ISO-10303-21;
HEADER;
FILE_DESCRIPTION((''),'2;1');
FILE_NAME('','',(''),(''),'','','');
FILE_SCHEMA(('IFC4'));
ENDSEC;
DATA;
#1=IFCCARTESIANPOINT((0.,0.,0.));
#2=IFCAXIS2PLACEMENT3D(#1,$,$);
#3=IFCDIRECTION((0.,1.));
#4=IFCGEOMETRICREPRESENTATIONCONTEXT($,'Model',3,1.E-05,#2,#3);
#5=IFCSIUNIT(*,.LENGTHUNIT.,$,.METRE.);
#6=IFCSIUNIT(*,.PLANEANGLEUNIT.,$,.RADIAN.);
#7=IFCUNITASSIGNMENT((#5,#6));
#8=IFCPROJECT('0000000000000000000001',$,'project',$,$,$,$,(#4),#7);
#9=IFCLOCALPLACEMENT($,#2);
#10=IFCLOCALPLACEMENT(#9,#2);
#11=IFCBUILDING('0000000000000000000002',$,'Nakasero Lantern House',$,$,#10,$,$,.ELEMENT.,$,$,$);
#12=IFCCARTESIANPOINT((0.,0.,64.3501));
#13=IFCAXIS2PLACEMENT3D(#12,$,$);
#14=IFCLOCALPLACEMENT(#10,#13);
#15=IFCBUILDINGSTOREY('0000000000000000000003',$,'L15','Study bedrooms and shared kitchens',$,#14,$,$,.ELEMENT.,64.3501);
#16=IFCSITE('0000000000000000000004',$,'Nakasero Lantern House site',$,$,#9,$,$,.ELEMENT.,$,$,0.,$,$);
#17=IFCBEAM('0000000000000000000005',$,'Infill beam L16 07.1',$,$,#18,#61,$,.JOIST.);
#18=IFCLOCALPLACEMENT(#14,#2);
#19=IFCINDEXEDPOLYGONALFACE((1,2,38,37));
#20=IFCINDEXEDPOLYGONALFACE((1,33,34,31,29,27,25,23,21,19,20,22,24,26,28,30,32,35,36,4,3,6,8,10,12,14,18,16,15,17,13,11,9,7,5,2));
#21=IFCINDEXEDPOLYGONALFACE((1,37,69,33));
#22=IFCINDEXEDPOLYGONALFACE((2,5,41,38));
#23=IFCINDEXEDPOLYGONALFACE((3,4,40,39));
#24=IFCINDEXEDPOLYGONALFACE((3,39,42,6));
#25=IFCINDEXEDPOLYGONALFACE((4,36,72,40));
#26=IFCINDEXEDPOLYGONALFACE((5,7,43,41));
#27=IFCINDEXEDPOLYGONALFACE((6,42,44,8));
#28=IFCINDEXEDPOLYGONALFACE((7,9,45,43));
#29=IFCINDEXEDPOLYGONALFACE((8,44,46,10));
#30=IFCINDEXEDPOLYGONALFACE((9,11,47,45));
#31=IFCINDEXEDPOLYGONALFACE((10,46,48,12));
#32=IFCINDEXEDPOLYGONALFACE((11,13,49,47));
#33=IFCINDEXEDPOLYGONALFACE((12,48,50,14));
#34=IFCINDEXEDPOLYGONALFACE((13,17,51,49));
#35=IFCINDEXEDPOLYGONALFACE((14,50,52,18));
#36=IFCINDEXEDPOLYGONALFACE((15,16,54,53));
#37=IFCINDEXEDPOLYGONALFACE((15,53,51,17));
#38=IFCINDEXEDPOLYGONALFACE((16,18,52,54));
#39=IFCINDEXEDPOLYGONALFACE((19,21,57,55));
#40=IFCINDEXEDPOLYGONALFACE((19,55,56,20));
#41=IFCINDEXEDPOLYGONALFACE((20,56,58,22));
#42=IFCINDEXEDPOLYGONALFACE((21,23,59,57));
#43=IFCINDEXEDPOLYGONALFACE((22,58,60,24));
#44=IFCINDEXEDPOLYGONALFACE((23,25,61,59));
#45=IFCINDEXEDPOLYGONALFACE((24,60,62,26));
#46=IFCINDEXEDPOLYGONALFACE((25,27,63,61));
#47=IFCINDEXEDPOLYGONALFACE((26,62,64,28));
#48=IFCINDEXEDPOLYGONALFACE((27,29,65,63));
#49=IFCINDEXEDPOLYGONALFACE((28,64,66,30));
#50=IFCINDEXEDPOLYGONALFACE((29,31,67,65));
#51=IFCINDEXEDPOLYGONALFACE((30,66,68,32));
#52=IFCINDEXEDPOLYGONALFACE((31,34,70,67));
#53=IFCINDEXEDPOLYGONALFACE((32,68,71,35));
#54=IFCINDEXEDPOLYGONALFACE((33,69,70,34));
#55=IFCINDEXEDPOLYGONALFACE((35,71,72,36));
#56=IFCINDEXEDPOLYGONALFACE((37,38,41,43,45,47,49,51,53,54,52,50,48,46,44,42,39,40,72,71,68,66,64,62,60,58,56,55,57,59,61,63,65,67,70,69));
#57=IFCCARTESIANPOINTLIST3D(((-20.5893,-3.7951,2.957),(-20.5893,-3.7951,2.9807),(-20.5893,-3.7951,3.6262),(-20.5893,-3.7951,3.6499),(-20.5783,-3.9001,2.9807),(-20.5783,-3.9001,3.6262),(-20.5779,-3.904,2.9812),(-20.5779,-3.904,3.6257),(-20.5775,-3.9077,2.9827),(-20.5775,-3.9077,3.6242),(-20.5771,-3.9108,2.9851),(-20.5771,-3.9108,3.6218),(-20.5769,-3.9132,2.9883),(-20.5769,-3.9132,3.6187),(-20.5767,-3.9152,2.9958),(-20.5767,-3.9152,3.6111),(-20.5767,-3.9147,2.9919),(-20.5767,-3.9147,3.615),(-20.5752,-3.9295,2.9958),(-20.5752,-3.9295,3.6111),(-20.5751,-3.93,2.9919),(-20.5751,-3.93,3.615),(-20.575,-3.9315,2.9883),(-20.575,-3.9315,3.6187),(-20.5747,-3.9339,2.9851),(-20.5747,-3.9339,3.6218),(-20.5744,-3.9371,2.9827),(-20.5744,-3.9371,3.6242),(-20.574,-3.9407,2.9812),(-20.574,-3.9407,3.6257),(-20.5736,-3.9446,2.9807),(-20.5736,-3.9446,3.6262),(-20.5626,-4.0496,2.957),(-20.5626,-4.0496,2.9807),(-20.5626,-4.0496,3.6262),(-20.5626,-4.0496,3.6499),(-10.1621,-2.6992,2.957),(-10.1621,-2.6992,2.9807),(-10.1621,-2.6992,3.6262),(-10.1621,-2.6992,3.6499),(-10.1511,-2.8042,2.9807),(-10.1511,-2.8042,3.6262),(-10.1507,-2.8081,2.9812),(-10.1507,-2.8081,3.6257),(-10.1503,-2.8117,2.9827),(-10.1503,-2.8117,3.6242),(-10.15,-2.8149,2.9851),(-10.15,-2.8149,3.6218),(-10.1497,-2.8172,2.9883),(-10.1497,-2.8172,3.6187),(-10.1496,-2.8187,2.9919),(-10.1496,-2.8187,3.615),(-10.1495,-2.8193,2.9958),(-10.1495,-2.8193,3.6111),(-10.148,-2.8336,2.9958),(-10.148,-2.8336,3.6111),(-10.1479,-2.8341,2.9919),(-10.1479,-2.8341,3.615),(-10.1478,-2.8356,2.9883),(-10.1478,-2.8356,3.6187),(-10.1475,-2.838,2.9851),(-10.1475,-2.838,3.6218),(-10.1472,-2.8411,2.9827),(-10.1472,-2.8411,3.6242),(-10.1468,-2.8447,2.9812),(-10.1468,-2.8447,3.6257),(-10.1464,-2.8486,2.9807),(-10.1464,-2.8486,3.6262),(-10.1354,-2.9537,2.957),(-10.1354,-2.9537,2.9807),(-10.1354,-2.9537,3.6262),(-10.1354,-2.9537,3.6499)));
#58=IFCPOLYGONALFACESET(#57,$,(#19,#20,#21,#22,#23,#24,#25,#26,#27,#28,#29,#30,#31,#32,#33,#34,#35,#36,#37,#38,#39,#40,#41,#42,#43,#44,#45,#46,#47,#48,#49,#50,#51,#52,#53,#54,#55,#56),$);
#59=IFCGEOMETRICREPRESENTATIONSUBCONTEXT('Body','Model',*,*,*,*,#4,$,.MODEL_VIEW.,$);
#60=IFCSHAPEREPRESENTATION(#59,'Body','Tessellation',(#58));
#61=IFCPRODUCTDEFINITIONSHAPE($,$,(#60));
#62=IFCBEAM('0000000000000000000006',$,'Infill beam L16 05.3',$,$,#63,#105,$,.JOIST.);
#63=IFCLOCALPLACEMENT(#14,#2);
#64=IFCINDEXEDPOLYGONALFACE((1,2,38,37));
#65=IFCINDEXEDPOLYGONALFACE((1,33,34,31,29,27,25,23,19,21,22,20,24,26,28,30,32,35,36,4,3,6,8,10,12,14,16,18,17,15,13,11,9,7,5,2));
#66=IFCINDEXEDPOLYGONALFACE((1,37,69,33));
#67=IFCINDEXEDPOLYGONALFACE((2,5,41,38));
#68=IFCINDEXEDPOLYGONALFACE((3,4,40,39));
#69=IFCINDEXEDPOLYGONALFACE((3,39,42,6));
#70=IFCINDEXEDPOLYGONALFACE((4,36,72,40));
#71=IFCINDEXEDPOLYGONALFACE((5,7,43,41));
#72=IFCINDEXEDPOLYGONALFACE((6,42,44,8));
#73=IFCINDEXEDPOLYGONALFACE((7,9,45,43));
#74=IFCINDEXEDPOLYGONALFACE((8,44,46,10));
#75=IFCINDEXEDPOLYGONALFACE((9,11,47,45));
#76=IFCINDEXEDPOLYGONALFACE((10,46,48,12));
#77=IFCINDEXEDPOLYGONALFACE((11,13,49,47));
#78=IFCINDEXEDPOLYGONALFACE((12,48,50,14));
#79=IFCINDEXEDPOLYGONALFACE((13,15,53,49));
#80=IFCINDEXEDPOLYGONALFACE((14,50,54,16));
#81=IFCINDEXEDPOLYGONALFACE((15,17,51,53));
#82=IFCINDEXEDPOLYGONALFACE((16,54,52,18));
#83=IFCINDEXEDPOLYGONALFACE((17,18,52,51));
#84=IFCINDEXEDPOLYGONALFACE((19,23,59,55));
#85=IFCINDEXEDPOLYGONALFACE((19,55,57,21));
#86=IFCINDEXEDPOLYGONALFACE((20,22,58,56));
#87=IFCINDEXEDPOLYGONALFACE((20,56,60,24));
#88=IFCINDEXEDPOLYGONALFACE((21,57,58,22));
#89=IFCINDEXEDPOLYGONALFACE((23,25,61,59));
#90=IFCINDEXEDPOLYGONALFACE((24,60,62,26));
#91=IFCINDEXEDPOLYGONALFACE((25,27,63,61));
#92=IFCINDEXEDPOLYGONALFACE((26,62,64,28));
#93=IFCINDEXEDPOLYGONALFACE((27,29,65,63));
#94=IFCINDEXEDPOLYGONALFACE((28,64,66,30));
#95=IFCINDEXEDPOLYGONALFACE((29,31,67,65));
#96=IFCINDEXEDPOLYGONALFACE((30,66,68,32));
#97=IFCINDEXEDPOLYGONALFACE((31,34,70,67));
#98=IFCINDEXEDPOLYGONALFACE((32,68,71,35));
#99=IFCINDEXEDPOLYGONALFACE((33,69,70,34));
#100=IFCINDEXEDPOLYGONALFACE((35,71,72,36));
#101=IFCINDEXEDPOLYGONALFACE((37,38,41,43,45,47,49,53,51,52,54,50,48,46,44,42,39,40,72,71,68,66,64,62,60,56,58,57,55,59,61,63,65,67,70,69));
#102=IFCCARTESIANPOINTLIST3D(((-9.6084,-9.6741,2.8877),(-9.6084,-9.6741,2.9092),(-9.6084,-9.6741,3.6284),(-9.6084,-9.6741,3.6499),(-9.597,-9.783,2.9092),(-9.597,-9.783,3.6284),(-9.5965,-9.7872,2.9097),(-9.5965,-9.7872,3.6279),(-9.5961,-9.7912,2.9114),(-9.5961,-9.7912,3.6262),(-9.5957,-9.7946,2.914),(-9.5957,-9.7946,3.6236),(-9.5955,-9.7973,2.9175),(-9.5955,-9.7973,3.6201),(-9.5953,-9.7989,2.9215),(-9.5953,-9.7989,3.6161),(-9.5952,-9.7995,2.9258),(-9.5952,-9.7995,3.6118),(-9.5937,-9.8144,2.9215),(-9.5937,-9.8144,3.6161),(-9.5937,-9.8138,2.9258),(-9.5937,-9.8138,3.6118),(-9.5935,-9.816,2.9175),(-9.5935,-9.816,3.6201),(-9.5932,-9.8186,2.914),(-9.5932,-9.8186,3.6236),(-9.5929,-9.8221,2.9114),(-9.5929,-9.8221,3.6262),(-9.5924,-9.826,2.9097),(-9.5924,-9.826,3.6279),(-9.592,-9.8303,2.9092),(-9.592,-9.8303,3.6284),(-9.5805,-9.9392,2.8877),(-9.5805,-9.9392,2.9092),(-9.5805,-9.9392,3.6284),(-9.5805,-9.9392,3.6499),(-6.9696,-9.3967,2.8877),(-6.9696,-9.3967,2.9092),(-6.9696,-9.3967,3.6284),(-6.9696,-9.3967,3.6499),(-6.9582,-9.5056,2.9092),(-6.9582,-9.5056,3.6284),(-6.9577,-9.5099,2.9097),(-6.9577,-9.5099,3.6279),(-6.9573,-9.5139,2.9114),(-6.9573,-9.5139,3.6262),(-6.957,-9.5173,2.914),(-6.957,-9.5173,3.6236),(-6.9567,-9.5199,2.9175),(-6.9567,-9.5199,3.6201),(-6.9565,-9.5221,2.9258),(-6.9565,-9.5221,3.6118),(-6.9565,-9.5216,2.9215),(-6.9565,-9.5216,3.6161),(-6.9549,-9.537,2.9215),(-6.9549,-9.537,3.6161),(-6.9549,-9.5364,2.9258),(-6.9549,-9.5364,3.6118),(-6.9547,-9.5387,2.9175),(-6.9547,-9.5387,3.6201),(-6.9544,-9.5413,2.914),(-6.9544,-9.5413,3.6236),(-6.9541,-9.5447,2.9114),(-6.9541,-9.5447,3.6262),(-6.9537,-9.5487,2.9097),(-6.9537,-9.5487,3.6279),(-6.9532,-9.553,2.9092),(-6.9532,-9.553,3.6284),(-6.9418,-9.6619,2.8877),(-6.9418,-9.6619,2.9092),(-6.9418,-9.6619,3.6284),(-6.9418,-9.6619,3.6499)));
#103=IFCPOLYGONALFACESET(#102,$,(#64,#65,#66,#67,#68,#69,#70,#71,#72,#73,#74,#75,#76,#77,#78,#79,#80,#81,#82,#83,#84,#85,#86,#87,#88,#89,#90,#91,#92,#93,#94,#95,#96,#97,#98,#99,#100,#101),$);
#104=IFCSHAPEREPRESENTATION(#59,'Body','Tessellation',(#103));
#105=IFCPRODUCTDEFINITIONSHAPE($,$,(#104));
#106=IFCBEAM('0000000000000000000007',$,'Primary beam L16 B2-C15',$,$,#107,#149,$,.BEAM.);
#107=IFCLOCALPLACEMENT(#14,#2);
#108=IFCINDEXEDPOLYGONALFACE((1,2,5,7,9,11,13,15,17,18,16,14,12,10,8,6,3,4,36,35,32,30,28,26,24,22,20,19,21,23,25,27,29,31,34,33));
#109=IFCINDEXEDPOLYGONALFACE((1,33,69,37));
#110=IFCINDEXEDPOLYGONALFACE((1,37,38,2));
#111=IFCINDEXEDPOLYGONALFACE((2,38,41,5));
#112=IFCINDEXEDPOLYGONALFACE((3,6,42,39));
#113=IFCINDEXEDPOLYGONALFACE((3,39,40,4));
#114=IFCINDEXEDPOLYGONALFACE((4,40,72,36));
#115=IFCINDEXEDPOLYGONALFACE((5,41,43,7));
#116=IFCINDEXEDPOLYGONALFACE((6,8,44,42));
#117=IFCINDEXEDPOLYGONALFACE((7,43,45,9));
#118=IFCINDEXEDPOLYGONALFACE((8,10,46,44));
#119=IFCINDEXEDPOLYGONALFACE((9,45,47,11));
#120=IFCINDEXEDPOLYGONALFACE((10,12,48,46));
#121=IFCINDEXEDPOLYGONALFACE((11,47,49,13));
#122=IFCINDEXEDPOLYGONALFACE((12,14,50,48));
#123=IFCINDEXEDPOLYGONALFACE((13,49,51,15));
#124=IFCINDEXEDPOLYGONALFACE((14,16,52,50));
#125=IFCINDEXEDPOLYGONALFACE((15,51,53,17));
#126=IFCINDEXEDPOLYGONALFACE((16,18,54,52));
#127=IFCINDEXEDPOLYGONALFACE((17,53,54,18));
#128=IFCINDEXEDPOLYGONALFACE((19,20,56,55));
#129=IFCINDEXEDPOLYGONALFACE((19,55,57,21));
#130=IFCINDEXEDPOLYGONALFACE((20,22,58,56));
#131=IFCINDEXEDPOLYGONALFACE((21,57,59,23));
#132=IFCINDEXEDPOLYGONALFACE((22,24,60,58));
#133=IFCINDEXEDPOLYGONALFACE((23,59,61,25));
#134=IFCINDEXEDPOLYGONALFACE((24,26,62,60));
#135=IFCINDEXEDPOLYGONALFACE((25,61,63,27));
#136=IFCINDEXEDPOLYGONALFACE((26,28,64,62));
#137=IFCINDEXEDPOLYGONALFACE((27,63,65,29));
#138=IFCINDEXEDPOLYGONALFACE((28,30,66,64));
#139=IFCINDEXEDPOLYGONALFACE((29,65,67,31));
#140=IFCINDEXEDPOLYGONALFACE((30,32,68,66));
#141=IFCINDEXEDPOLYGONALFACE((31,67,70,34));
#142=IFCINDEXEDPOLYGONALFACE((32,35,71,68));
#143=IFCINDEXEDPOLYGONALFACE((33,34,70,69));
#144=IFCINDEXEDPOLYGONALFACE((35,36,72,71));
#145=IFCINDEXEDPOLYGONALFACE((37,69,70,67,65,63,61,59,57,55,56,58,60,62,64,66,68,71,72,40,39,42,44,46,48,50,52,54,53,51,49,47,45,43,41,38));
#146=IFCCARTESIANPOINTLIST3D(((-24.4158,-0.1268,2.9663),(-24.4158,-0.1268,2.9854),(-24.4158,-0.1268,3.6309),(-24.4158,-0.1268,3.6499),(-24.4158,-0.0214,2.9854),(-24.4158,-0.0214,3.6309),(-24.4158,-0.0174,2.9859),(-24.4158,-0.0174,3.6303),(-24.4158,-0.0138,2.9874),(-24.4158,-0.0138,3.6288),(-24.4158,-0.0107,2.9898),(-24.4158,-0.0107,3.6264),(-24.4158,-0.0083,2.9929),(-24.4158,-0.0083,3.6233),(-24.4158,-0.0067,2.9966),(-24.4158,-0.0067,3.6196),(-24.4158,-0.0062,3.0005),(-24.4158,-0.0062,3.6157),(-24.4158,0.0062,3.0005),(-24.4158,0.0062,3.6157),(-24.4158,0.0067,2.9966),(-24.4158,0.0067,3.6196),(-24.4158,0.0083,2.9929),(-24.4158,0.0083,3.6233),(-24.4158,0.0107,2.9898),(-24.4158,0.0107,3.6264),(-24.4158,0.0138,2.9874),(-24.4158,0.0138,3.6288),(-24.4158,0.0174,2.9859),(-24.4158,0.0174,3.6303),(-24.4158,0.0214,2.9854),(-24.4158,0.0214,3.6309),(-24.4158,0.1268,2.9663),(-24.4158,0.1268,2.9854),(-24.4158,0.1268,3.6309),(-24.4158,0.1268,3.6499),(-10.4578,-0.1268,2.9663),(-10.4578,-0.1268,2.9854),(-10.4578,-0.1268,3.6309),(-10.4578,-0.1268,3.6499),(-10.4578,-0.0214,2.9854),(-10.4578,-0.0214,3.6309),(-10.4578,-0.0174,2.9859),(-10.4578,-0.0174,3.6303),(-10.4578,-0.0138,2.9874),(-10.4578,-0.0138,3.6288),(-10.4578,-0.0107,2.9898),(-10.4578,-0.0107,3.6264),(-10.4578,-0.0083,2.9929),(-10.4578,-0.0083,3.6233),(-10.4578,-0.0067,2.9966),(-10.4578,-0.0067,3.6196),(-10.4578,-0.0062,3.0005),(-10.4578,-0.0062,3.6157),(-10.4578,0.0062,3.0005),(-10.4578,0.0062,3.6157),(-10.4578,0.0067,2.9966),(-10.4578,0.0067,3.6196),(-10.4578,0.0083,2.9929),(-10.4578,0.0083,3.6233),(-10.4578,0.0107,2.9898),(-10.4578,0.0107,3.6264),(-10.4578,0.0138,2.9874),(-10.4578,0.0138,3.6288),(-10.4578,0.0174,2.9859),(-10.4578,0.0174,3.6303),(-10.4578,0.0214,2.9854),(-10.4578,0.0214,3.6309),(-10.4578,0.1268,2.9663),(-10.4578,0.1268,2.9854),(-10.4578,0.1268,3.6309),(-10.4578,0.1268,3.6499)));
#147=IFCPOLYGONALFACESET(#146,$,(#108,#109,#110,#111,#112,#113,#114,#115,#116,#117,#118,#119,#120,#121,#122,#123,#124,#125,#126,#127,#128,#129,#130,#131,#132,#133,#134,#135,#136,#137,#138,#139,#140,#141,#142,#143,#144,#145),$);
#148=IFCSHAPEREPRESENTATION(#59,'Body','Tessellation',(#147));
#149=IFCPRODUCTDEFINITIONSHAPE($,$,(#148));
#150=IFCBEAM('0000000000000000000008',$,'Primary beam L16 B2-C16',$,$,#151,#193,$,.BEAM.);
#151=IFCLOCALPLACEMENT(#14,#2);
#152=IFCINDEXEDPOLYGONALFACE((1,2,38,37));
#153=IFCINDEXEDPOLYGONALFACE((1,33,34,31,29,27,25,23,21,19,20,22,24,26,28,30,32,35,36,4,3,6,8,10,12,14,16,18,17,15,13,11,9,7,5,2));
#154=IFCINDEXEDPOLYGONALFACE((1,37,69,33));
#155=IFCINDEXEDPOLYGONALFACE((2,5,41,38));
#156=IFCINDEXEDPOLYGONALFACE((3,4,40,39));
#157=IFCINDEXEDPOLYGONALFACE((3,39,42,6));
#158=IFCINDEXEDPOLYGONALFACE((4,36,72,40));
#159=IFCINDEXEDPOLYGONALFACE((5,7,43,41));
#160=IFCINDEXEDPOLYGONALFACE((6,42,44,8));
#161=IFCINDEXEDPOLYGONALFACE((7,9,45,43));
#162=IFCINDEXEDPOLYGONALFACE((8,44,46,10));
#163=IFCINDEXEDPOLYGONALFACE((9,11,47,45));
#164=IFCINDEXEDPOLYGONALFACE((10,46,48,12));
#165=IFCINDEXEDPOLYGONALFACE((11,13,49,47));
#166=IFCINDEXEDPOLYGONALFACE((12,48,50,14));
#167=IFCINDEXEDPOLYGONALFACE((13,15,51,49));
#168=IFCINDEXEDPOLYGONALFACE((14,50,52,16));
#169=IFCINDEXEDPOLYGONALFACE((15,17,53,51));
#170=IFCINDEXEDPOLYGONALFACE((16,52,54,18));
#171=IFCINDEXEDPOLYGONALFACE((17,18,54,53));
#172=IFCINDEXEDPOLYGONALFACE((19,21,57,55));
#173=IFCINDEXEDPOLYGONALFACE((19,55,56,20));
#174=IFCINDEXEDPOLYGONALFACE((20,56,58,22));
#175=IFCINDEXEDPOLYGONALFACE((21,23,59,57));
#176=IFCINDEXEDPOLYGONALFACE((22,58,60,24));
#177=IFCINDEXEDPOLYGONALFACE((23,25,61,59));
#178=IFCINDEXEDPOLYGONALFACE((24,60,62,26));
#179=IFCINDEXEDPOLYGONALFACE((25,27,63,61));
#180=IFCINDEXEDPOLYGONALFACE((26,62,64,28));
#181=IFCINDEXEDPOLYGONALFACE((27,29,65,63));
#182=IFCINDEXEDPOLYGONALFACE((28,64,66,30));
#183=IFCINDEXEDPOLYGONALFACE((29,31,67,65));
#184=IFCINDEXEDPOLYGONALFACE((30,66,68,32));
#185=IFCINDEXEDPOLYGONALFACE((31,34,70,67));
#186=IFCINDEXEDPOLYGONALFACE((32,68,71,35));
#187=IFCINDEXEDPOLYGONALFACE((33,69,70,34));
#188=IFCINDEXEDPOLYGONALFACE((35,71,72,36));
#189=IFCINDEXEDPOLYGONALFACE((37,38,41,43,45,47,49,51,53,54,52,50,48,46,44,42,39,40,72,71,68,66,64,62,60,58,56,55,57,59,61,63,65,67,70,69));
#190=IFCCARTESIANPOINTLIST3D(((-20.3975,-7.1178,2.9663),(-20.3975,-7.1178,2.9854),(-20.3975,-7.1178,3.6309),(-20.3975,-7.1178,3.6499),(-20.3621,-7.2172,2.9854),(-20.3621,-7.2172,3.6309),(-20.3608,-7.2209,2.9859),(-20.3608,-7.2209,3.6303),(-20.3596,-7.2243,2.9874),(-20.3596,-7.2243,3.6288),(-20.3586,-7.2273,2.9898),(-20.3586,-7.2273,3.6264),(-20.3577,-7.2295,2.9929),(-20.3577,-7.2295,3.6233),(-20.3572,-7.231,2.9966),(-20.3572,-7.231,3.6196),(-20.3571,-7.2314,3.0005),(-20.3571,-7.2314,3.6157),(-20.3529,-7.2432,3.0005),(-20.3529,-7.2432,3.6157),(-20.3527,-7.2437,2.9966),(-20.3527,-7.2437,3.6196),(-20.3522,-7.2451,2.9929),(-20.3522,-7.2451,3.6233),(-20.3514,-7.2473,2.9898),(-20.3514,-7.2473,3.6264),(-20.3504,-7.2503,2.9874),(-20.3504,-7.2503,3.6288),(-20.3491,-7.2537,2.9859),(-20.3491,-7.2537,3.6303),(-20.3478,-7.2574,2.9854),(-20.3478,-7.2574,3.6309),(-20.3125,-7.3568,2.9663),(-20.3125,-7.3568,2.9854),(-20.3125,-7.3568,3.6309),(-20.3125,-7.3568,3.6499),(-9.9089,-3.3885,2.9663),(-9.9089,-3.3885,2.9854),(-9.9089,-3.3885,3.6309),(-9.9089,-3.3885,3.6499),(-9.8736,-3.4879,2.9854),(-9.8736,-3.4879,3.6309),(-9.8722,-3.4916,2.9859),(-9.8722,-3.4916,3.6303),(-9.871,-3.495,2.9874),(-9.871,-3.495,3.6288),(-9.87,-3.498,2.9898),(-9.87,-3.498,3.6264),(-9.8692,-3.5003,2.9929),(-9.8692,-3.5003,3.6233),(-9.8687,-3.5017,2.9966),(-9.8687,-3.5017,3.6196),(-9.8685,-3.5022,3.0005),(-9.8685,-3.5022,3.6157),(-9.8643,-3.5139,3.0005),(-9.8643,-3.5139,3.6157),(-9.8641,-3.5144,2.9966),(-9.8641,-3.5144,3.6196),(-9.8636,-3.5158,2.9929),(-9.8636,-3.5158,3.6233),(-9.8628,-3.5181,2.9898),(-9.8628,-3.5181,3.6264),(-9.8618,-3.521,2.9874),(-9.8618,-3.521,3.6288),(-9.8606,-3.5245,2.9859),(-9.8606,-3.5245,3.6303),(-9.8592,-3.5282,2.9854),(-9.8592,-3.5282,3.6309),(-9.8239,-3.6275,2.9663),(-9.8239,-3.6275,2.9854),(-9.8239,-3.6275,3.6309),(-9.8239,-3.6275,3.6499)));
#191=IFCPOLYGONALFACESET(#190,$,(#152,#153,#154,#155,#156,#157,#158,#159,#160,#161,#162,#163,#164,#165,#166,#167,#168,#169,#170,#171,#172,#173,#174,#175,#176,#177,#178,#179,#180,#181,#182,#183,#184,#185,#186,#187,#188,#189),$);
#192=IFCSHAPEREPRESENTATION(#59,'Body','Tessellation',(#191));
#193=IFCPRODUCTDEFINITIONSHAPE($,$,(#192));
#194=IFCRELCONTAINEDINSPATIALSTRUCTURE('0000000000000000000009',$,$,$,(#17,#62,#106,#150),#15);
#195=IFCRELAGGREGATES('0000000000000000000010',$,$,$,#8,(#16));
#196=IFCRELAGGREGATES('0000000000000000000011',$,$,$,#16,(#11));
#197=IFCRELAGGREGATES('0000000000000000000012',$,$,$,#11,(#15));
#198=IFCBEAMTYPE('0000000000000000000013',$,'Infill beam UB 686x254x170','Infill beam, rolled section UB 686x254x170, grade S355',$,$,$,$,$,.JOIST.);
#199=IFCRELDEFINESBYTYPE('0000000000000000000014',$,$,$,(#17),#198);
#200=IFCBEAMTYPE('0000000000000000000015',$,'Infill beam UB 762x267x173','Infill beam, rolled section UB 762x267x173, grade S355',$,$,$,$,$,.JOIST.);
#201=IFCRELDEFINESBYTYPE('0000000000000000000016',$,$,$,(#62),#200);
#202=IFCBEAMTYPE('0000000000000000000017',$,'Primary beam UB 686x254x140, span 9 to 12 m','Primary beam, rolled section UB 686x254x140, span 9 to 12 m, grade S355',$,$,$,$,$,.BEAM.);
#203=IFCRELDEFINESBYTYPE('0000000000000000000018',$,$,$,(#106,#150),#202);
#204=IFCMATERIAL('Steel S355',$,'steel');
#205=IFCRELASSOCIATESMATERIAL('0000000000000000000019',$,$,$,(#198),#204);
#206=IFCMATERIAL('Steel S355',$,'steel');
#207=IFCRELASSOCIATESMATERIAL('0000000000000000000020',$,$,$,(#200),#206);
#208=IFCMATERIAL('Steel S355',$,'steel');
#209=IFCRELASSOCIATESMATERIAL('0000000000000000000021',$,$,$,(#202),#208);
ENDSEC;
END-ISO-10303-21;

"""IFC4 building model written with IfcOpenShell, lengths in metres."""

from ifc_helpers import new_model, si_unit, direction, frame, origin, origin_2d, place, context, subcontext, project, spatial, i_section, extrude, material, material_profile, profile_set, type_object, element, save


model = new_model("IFC4")

# Units and contexts
model_context = context("Model", 3, precision=1e-05, world=origin(), true_north=direction((0.0, 1.0)))
body_context = subcontext(model_context, "Body", "Model", "MODEL_VIEW")
ifc_project = project(units=[si_unit("LENGTHUNIT", "METRE"), si_unit("PLANEANGLEUNIT", "RADIAN")], contexts=[model_context])

# Site, building, storey
site_placement = place(None, origin())
site = spatial("IfcSite", under=ifc_project, at=site_placement, Name="Nakasero Lantern House site", CompositionType="ELEMENT", RefElevation=0.0)
building_placement = place(site_placement, origin())
building = spatial("IfcBuilding", under=site, at=building_placement, Name="Nakasero Lantern House", CompositionType="ELEMENT")
storey_placement = place(building_placement, frame((0.0, 0.0, 64.3501)))
storey = spatial("IfcBuildingStorey", under=building, at=storey_placement, Name="L15", Description="Study bedrooms and shared kitchens", CompositionType="ELEMENT", Elevation=64.3501)

# Beams
ifc_material_1 = material(Name="Steel S355", Category="steel")
ifc_material_profile_1 = material_profile(ifc_material_1, i_section(OverallWidth=0.2559, OverallDepth=0.6929, WebThickness=0.0144, FlangeThickness=0.0237, FilletRadius=0.0151, at=origin_2d()), Name="UB 686x254x170")
ifc_profile_set_1 = profile_set([ifc_material_profile_1], Name="Steel S355")
beam_type_1 = type_object("IfcBeamType", Name="Infill beam UB 686x254x170", Description="Infill beam, rolled section UB 686x254x170, grade S355", PredefinedType="JOIST", material=ifc_profile_set_1)
beam_1_placement = place(storey_placement, frame((-20.5759, -3.9224, 3.3035), z_axis=(0.994522, 0.104528, 0.0), x_axis=(-0.104528, 0.994522, 0.0)))
element("IfcBeam", 1, at=beam_1_placement, inside=storey, type_object=beam_type_1, Name="Infill beam L16 07.1", PredefinedType="JOIST", context=body_context, shape_type="SweptSolid", body=[
    extrude(i_section(OverallWidth=0.2559, OverallDepth=0.6929, WebThickness=0.0144, FlangeThickness=0.0237, FilletRadius=0.0151, at=origin_2d()), origin(), (0.0, 0.0, 1.0), 10.4846),
])
ifc_material_2 = material(Name="Steel S355", Category="steel")
ifc_material_profile_2 = material_profile(ifc_material_2, i_section(OverallWidth=0.2666, OverallDepth=0.7622, WebThickness=0.0144, FlangeThickness=0.0215, FilletRadius=0.0166, at=origin_2d()), Name="UB 762x267x173")
ifc_profile_set_2 = profile_set([ifc_material_profile_2], Name="Steel S355")
beam_type_2 = type_object("IfcBeamType", Name="Infill beam UB 762x267x173", Description="Infill beam, rolled section UB 762x267x173, grade S355", PredefinedType="JOIST", material=ifc_profile_set_2)
beam_2_placement = place(storey_placement, frame((-9.5945, -9.8066, 3.2688), z_axis=(0.994522, 0.104532, 0.0), x_axis=(-0.104532, 0.994522, 0.0)))
element("IfcBeam", 2, at=beam_2_placement, inside=storey, type_object=beam_type_2, Name="Infill beam L16 05.3", PredefinedType="JOIST", context=body_context, shape_type="SweptSolid", body=[
    extrude(i_section(OverallWidth=0.2666, OverallDepth=0.7622, WebThickness=0.0144, FlangeThickness=0.0215, FilletRadius=0.0166, at=origin_2d()), origin(), (0.0, 0.0, 1.0), 2.6533),
])
ifc_material_3 = material(Name="Steel S355", Category="steel")
ifc_material_profile_3 = material_profile(ifc_material_3, i_section(OverallWidth=0.2537, OverallDepth=0.6836, WebThickness=0.0125, FlangeThickness=0.019, FilletRadius=0.0151, at=origin_2d()), Name="UB 686x254x140")
ifc_profile_set_3 = profile_set([ifc_material_profile_3], Name="Steel S355")
beam_type_3 = type_object("IfcBeamType", Name="Primary beam UB 686x254x140, span 9 to 12 m", Description="Primary beam, rolled section UB 686x254x140, span 9 to 12 m, grade S355", PredefinedType="BEAM", material=ifc_profile_set_3)
beam_3_placement = place(storey_placement, frame((-24.4158, 0.0, 3.3081), z_axis=(1.0, 0.0, 0.0), x_axis=(0.0, 1.0, 0.0)))
element("IfcBeam", 3, at=beam_3_placement, inside=storey, type_object=beam_type_3, Name="Primary beam L16 B2-C15", PredefinedType="BEAM", context=body_context, shape_type="SweptSolid", body=[
    extrude(i_section(OverallWidth=0.2537, OverallDepth=0.6836, WebThickness=0.0125, FlangeThickness=0.019, FilletRadius=0.0151, at=origin_2d()), origin(), (0.0, 0.0, 1.0), 13.958),
])
beam_4_placement = place(storey_placement, frame((-20.355, -7.2373, 3.3081), z_axis=(0.942215, 0.335009, 0.0), x_axis=(-0.335009, 0.942215, 0.0)))
element("IfcBeam", 4, at=beam_4_placement, inside=storey, type_object=beam_type_3, Name="Primary beam L16 B2-C16", PredefinedType="BEAM", context=body_context, shape_type="SweptSolid", body=[
    extrude(i_section(OverallWidth=0.2537, OverallDepth=0.6836, WebThickness=0.0125, FlangeThickness=0.019, FilletRadius=0.0151, at=origin_2d()), origin(), (0.0, 0.0, 1.0), 11.1318),
])

save(model, "model.ifc")
